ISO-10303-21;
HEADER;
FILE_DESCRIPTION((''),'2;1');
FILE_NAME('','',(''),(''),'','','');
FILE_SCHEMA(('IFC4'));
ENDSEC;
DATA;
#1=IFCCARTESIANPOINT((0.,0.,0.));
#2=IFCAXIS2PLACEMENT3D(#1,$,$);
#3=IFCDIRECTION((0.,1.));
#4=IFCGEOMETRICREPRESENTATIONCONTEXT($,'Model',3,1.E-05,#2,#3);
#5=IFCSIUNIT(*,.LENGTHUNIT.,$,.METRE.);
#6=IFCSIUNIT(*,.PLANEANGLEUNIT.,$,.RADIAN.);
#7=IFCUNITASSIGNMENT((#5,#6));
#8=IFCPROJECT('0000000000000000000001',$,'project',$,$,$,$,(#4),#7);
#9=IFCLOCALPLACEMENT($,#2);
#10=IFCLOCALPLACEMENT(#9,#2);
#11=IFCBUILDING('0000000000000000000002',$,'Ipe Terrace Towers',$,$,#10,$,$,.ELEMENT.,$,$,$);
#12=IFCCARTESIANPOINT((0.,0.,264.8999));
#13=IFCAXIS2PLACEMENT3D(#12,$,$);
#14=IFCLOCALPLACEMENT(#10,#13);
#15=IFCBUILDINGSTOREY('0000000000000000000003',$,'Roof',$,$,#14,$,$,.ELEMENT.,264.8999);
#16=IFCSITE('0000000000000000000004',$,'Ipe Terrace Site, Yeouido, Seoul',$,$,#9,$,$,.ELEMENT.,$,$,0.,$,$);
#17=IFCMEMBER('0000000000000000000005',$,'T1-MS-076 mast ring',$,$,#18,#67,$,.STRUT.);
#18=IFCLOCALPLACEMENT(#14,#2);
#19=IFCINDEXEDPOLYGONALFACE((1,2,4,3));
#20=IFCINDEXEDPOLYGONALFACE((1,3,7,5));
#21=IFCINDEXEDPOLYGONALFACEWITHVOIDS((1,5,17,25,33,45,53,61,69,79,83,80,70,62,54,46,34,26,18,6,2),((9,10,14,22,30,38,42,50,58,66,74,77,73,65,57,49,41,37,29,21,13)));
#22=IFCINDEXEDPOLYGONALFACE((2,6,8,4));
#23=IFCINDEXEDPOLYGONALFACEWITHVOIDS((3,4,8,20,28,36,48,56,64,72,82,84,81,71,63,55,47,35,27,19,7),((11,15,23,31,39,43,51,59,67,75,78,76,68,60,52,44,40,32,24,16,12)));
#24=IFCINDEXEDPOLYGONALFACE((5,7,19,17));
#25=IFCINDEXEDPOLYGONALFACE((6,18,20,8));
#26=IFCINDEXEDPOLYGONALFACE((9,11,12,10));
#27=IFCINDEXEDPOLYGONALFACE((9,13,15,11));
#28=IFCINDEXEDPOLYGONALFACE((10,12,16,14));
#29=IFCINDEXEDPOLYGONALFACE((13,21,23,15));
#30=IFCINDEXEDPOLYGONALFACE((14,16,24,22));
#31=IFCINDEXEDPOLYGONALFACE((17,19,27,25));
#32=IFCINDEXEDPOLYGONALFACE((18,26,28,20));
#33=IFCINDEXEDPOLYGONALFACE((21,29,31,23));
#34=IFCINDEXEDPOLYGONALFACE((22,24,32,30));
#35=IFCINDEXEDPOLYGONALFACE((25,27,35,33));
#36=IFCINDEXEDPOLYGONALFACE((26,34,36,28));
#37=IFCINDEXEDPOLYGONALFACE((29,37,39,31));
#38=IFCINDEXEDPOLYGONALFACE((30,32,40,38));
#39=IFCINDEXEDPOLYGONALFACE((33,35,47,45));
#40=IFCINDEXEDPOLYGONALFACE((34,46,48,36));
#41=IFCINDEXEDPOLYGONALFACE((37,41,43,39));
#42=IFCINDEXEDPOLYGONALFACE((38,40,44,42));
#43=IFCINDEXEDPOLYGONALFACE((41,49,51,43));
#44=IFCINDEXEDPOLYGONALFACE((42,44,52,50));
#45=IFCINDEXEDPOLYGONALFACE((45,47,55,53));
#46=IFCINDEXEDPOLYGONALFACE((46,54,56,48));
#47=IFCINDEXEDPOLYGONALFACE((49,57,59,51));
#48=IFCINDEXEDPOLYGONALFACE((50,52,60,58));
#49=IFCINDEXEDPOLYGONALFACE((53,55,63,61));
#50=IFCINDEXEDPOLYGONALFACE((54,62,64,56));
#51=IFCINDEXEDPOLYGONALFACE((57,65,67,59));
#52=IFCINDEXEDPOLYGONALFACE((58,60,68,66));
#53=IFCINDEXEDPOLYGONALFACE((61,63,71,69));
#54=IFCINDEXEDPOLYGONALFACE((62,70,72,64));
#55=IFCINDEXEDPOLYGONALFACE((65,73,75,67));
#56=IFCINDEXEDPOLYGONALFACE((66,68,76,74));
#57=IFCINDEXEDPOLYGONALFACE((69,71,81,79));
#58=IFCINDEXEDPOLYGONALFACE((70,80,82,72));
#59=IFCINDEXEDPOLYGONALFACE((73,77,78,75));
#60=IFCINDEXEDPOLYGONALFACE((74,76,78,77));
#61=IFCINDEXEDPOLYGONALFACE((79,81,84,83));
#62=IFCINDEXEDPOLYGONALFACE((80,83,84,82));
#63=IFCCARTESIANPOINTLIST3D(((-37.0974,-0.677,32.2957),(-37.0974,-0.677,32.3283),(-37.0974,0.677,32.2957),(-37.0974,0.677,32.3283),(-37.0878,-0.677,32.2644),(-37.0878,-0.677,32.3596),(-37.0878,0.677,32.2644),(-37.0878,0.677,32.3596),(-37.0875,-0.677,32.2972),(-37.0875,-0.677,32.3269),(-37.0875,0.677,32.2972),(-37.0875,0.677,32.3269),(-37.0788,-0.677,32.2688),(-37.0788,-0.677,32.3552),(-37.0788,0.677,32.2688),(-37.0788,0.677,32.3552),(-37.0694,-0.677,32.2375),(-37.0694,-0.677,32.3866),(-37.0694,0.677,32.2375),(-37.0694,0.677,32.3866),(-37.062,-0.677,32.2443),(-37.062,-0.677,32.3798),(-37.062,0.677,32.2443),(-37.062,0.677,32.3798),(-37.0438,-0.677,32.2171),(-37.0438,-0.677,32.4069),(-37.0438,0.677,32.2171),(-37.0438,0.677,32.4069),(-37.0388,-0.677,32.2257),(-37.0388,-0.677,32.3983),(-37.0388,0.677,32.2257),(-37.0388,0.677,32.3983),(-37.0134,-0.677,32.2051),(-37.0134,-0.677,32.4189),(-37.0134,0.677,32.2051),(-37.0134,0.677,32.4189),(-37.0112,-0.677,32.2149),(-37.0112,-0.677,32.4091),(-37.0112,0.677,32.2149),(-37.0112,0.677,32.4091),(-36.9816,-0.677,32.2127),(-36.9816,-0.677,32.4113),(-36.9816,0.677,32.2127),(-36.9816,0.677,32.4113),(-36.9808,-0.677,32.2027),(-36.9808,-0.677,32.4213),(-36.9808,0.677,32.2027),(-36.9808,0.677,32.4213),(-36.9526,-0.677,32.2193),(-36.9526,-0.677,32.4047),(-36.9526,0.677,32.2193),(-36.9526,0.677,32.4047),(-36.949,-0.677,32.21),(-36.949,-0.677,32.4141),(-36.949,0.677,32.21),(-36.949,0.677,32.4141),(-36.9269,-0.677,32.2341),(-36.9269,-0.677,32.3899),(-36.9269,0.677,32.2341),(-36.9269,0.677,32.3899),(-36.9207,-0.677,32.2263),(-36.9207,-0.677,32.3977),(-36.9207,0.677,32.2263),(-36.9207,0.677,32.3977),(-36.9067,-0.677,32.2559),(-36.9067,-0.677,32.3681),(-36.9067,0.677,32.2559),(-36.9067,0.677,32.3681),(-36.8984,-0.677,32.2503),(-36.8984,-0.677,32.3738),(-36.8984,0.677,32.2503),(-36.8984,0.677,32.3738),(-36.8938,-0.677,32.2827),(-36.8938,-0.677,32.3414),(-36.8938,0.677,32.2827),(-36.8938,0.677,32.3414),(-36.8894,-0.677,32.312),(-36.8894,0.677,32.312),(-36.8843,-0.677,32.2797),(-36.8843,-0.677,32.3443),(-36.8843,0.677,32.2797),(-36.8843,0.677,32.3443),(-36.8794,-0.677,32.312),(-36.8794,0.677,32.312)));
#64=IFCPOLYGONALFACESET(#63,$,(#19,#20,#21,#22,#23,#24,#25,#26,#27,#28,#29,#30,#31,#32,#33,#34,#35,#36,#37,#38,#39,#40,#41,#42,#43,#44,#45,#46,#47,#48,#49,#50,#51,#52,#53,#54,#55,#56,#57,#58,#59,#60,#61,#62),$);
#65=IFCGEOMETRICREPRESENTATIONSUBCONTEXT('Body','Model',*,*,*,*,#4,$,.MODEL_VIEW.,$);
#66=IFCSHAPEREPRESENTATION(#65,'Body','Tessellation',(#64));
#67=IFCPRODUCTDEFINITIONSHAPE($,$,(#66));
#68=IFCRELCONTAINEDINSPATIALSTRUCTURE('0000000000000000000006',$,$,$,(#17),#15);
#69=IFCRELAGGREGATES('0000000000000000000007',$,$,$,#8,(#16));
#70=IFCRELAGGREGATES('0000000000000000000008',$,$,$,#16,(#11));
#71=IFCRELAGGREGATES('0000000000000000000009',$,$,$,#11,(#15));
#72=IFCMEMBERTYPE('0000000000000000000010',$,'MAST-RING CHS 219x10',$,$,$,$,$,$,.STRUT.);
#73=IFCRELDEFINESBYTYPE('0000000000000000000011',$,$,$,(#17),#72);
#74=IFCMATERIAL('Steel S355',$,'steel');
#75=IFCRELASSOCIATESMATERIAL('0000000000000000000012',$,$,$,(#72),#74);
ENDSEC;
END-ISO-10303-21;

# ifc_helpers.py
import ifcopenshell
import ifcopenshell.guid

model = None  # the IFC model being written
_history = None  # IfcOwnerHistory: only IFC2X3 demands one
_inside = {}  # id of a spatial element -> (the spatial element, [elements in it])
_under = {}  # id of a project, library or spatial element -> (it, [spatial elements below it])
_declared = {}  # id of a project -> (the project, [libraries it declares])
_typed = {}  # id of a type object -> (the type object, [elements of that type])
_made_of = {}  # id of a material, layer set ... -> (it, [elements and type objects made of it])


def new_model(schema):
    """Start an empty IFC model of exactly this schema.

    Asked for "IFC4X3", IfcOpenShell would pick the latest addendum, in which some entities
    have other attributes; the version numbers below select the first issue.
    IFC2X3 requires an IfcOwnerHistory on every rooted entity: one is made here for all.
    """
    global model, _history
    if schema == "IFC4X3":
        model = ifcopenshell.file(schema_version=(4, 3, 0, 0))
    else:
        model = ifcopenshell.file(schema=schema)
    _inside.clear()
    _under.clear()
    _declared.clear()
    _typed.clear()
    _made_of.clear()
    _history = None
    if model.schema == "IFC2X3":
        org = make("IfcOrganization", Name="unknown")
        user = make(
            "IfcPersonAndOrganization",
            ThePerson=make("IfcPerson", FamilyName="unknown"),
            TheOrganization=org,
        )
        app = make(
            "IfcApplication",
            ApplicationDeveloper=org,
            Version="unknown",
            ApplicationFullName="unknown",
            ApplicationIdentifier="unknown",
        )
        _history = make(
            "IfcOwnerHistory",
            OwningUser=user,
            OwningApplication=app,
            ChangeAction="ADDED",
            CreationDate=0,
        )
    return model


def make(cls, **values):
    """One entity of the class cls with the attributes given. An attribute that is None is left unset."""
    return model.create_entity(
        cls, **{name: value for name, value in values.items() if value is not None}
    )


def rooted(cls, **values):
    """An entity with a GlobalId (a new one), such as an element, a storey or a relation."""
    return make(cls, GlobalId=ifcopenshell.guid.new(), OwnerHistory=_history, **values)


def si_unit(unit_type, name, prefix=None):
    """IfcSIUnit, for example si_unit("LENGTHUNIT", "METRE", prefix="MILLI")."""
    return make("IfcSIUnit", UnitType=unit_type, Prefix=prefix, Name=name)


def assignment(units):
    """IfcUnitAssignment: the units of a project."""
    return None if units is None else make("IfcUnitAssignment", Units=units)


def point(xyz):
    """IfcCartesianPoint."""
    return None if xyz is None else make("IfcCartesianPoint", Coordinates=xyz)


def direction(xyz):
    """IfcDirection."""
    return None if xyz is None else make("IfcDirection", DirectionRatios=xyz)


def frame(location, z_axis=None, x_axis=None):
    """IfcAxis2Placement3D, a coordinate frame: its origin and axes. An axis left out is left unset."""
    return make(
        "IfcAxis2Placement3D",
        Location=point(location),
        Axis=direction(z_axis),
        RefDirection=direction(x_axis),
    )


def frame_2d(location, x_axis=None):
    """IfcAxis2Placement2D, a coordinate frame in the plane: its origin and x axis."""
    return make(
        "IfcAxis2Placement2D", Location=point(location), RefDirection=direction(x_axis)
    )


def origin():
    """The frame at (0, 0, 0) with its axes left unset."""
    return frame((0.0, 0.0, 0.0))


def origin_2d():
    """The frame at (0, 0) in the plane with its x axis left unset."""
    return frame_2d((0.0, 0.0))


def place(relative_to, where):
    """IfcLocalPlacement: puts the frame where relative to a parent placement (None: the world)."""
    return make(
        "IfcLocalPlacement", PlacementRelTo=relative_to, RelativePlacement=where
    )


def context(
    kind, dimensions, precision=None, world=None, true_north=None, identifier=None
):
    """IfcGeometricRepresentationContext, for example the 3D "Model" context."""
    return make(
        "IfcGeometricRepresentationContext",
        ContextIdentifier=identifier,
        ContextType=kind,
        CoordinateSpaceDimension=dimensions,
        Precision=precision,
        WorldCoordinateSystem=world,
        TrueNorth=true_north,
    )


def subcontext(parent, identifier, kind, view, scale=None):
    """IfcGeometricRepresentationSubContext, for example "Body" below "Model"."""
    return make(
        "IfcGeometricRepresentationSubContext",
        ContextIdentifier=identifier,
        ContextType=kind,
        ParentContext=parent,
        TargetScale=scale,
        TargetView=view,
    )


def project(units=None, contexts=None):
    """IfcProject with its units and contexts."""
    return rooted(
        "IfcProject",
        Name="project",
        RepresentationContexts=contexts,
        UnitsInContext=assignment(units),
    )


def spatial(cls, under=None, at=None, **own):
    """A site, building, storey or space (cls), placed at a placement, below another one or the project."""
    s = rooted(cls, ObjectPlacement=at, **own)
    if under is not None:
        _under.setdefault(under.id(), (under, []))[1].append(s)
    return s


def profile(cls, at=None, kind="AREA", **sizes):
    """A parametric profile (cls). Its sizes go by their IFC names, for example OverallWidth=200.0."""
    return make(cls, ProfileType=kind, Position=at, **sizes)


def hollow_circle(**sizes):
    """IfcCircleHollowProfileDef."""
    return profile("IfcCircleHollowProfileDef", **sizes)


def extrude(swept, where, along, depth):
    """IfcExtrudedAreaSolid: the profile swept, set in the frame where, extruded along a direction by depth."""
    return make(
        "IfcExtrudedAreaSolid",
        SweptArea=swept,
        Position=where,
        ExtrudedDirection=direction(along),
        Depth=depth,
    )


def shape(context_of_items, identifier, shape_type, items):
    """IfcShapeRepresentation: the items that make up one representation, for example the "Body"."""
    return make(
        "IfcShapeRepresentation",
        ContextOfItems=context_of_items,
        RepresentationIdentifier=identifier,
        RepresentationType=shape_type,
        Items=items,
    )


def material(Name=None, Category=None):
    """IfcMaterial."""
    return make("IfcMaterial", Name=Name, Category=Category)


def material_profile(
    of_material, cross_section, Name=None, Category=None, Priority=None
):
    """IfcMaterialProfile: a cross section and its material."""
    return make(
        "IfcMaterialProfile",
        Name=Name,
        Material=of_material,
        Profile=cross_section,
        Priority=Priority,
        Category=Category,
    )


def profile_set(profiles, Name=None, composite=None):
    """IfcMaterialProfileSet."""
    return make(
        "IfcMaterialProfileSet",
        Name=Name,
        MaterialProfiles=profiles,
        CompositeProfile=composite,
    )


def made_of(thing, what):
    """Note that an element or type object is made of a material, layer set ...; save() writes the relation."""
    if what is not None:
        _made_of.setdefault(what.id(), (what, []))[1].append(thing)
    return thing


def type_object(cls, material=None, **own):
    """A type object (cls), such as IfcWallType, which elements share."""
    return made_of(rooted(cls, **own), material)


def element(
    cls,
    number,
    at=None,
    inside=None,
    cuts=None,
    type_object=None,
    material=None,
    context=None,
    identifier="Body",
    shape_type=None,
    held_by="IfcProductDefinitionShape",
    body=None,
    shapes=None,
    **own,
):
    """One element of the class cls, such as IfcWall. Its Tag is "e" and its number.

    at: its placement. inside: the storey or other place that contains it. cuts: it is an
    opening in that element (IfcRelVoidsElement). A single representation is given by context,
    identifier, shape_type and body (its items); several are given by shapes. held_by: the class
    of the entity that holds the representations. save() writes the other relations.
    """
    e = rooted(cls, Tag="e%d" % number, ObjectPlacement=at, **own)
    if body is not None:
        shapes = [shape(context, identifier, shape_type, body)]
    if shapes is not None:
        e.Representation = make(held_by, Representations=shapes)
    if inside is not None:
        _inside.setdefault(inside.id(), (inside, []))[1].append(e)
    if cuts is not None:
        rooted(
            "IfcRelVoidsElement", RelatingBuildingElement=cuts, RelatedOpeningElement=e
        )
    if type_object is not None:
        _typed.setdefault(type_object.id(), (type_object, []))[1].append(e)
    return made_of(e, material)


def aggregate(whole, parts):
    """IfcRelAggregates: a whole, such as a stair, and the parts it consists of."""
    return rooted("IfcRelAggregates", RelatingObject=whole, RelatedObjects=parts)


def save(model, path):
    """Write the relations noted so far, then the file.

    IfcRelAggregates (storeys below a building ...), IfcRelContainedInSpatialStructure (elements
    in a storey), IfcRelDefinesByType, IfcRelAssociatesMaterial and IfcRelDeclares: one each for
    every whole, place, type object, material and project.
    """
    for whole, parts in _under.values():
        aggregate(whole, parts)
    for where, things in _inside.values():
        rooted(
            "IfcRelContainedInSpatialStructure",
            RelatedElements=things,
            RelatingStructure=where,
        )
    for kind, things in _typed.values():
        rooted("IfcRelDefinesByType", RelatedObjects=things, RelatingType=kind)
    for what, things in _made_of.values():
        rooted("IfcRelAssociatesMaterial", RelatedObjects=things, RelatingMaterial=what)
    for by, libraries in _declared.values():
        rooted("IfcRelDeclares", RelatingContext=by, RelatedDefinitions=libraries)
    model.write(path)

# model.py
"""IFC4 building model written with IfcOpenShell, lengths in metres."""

from ifc_helpers import new_model, si_unit, direction, frame, origin, origin_2d, place, context, subcontext, project, spatial, hollow_circle, extrude, material, material_profile, profile_set, type_object, element, save


model = new_model("IFC4")

# Units and contexts
model_context = context("Model", 3, precision=1e-05, world=origin(), true_north=direction((0.0, 1.0)))
body_context = subcontext(model_context, "Body", "Model", "MODEL_VIEW")
ifc_project = project(units=[si_unit("LENGTHUNIT", "METRE"), si_unit("PLANEANGLEUNIT", "RADIAN")], contexts=[model_context])

# Site, building, storey
site_placement = place(None, origin())
site = spatial("IfcSite", under=ifc_project, at=site_placement, Name="Ipe Terrace Site, Yeouido, Seoul", CompositionType="ELEMENT", RefElevation=0.0)
building_placement = place(site_placement, origin())
building = spatial("IfcBuilding", under=site, at=building_placement, Name="Ipe Terrace Towers", CompositionType="ELEMENT")
storey_placement = place(building_placement, frame((0.0, 0.0, 264.8999)))
storey = spatial("IfcBuildingStorey", under=building, at=storey_placement, Name="Roof", CompositionType="ELEMENT", Elevation=264.8999)

# Member
ifc_material_1 = material(Name="Steel S355", Category="steel")
ifc_material_profile_1 = material_profile(ifc_material_1, hollow_circle(Radius=0.1096, WallThickness=0.01, at=origin_2d()), Name="MAST-RING CHS 219x10")
ifc_profile_set_1 = profile_set([ifc_material_profile_1], Name="Steel S355")
member_type_1 = type_object("IfcMemberType", Name="MAST-RING CHS 219x10", PredefinedType="STRUT", material=ifc_profile_set_1)
for number, where, z_axis, x_axis, name in (
    (1, (-36.989, 0.677, 32.312), (0.0, -1.0, 0.0), (1.0, 0.0, 0.0), "T1-MS-076 mast ring"),
):
    element("IfcMember", number, at=place(storey_placement, frame(where, z_axis=z_axis, x_axis=x_axis)), inside=storey, type_object=member_type_1, Name=name, PredefinedType="STRUT", context=body_context, shape_type="SweptSolid", body=[
        extrude(hollow_circle(Radius=0.1096, WallThickness=0.01, at=origin_2d()), origin(), (0.0, 0.0, 1.0), 1.354),
    ])

save(model, "model.ifc")
